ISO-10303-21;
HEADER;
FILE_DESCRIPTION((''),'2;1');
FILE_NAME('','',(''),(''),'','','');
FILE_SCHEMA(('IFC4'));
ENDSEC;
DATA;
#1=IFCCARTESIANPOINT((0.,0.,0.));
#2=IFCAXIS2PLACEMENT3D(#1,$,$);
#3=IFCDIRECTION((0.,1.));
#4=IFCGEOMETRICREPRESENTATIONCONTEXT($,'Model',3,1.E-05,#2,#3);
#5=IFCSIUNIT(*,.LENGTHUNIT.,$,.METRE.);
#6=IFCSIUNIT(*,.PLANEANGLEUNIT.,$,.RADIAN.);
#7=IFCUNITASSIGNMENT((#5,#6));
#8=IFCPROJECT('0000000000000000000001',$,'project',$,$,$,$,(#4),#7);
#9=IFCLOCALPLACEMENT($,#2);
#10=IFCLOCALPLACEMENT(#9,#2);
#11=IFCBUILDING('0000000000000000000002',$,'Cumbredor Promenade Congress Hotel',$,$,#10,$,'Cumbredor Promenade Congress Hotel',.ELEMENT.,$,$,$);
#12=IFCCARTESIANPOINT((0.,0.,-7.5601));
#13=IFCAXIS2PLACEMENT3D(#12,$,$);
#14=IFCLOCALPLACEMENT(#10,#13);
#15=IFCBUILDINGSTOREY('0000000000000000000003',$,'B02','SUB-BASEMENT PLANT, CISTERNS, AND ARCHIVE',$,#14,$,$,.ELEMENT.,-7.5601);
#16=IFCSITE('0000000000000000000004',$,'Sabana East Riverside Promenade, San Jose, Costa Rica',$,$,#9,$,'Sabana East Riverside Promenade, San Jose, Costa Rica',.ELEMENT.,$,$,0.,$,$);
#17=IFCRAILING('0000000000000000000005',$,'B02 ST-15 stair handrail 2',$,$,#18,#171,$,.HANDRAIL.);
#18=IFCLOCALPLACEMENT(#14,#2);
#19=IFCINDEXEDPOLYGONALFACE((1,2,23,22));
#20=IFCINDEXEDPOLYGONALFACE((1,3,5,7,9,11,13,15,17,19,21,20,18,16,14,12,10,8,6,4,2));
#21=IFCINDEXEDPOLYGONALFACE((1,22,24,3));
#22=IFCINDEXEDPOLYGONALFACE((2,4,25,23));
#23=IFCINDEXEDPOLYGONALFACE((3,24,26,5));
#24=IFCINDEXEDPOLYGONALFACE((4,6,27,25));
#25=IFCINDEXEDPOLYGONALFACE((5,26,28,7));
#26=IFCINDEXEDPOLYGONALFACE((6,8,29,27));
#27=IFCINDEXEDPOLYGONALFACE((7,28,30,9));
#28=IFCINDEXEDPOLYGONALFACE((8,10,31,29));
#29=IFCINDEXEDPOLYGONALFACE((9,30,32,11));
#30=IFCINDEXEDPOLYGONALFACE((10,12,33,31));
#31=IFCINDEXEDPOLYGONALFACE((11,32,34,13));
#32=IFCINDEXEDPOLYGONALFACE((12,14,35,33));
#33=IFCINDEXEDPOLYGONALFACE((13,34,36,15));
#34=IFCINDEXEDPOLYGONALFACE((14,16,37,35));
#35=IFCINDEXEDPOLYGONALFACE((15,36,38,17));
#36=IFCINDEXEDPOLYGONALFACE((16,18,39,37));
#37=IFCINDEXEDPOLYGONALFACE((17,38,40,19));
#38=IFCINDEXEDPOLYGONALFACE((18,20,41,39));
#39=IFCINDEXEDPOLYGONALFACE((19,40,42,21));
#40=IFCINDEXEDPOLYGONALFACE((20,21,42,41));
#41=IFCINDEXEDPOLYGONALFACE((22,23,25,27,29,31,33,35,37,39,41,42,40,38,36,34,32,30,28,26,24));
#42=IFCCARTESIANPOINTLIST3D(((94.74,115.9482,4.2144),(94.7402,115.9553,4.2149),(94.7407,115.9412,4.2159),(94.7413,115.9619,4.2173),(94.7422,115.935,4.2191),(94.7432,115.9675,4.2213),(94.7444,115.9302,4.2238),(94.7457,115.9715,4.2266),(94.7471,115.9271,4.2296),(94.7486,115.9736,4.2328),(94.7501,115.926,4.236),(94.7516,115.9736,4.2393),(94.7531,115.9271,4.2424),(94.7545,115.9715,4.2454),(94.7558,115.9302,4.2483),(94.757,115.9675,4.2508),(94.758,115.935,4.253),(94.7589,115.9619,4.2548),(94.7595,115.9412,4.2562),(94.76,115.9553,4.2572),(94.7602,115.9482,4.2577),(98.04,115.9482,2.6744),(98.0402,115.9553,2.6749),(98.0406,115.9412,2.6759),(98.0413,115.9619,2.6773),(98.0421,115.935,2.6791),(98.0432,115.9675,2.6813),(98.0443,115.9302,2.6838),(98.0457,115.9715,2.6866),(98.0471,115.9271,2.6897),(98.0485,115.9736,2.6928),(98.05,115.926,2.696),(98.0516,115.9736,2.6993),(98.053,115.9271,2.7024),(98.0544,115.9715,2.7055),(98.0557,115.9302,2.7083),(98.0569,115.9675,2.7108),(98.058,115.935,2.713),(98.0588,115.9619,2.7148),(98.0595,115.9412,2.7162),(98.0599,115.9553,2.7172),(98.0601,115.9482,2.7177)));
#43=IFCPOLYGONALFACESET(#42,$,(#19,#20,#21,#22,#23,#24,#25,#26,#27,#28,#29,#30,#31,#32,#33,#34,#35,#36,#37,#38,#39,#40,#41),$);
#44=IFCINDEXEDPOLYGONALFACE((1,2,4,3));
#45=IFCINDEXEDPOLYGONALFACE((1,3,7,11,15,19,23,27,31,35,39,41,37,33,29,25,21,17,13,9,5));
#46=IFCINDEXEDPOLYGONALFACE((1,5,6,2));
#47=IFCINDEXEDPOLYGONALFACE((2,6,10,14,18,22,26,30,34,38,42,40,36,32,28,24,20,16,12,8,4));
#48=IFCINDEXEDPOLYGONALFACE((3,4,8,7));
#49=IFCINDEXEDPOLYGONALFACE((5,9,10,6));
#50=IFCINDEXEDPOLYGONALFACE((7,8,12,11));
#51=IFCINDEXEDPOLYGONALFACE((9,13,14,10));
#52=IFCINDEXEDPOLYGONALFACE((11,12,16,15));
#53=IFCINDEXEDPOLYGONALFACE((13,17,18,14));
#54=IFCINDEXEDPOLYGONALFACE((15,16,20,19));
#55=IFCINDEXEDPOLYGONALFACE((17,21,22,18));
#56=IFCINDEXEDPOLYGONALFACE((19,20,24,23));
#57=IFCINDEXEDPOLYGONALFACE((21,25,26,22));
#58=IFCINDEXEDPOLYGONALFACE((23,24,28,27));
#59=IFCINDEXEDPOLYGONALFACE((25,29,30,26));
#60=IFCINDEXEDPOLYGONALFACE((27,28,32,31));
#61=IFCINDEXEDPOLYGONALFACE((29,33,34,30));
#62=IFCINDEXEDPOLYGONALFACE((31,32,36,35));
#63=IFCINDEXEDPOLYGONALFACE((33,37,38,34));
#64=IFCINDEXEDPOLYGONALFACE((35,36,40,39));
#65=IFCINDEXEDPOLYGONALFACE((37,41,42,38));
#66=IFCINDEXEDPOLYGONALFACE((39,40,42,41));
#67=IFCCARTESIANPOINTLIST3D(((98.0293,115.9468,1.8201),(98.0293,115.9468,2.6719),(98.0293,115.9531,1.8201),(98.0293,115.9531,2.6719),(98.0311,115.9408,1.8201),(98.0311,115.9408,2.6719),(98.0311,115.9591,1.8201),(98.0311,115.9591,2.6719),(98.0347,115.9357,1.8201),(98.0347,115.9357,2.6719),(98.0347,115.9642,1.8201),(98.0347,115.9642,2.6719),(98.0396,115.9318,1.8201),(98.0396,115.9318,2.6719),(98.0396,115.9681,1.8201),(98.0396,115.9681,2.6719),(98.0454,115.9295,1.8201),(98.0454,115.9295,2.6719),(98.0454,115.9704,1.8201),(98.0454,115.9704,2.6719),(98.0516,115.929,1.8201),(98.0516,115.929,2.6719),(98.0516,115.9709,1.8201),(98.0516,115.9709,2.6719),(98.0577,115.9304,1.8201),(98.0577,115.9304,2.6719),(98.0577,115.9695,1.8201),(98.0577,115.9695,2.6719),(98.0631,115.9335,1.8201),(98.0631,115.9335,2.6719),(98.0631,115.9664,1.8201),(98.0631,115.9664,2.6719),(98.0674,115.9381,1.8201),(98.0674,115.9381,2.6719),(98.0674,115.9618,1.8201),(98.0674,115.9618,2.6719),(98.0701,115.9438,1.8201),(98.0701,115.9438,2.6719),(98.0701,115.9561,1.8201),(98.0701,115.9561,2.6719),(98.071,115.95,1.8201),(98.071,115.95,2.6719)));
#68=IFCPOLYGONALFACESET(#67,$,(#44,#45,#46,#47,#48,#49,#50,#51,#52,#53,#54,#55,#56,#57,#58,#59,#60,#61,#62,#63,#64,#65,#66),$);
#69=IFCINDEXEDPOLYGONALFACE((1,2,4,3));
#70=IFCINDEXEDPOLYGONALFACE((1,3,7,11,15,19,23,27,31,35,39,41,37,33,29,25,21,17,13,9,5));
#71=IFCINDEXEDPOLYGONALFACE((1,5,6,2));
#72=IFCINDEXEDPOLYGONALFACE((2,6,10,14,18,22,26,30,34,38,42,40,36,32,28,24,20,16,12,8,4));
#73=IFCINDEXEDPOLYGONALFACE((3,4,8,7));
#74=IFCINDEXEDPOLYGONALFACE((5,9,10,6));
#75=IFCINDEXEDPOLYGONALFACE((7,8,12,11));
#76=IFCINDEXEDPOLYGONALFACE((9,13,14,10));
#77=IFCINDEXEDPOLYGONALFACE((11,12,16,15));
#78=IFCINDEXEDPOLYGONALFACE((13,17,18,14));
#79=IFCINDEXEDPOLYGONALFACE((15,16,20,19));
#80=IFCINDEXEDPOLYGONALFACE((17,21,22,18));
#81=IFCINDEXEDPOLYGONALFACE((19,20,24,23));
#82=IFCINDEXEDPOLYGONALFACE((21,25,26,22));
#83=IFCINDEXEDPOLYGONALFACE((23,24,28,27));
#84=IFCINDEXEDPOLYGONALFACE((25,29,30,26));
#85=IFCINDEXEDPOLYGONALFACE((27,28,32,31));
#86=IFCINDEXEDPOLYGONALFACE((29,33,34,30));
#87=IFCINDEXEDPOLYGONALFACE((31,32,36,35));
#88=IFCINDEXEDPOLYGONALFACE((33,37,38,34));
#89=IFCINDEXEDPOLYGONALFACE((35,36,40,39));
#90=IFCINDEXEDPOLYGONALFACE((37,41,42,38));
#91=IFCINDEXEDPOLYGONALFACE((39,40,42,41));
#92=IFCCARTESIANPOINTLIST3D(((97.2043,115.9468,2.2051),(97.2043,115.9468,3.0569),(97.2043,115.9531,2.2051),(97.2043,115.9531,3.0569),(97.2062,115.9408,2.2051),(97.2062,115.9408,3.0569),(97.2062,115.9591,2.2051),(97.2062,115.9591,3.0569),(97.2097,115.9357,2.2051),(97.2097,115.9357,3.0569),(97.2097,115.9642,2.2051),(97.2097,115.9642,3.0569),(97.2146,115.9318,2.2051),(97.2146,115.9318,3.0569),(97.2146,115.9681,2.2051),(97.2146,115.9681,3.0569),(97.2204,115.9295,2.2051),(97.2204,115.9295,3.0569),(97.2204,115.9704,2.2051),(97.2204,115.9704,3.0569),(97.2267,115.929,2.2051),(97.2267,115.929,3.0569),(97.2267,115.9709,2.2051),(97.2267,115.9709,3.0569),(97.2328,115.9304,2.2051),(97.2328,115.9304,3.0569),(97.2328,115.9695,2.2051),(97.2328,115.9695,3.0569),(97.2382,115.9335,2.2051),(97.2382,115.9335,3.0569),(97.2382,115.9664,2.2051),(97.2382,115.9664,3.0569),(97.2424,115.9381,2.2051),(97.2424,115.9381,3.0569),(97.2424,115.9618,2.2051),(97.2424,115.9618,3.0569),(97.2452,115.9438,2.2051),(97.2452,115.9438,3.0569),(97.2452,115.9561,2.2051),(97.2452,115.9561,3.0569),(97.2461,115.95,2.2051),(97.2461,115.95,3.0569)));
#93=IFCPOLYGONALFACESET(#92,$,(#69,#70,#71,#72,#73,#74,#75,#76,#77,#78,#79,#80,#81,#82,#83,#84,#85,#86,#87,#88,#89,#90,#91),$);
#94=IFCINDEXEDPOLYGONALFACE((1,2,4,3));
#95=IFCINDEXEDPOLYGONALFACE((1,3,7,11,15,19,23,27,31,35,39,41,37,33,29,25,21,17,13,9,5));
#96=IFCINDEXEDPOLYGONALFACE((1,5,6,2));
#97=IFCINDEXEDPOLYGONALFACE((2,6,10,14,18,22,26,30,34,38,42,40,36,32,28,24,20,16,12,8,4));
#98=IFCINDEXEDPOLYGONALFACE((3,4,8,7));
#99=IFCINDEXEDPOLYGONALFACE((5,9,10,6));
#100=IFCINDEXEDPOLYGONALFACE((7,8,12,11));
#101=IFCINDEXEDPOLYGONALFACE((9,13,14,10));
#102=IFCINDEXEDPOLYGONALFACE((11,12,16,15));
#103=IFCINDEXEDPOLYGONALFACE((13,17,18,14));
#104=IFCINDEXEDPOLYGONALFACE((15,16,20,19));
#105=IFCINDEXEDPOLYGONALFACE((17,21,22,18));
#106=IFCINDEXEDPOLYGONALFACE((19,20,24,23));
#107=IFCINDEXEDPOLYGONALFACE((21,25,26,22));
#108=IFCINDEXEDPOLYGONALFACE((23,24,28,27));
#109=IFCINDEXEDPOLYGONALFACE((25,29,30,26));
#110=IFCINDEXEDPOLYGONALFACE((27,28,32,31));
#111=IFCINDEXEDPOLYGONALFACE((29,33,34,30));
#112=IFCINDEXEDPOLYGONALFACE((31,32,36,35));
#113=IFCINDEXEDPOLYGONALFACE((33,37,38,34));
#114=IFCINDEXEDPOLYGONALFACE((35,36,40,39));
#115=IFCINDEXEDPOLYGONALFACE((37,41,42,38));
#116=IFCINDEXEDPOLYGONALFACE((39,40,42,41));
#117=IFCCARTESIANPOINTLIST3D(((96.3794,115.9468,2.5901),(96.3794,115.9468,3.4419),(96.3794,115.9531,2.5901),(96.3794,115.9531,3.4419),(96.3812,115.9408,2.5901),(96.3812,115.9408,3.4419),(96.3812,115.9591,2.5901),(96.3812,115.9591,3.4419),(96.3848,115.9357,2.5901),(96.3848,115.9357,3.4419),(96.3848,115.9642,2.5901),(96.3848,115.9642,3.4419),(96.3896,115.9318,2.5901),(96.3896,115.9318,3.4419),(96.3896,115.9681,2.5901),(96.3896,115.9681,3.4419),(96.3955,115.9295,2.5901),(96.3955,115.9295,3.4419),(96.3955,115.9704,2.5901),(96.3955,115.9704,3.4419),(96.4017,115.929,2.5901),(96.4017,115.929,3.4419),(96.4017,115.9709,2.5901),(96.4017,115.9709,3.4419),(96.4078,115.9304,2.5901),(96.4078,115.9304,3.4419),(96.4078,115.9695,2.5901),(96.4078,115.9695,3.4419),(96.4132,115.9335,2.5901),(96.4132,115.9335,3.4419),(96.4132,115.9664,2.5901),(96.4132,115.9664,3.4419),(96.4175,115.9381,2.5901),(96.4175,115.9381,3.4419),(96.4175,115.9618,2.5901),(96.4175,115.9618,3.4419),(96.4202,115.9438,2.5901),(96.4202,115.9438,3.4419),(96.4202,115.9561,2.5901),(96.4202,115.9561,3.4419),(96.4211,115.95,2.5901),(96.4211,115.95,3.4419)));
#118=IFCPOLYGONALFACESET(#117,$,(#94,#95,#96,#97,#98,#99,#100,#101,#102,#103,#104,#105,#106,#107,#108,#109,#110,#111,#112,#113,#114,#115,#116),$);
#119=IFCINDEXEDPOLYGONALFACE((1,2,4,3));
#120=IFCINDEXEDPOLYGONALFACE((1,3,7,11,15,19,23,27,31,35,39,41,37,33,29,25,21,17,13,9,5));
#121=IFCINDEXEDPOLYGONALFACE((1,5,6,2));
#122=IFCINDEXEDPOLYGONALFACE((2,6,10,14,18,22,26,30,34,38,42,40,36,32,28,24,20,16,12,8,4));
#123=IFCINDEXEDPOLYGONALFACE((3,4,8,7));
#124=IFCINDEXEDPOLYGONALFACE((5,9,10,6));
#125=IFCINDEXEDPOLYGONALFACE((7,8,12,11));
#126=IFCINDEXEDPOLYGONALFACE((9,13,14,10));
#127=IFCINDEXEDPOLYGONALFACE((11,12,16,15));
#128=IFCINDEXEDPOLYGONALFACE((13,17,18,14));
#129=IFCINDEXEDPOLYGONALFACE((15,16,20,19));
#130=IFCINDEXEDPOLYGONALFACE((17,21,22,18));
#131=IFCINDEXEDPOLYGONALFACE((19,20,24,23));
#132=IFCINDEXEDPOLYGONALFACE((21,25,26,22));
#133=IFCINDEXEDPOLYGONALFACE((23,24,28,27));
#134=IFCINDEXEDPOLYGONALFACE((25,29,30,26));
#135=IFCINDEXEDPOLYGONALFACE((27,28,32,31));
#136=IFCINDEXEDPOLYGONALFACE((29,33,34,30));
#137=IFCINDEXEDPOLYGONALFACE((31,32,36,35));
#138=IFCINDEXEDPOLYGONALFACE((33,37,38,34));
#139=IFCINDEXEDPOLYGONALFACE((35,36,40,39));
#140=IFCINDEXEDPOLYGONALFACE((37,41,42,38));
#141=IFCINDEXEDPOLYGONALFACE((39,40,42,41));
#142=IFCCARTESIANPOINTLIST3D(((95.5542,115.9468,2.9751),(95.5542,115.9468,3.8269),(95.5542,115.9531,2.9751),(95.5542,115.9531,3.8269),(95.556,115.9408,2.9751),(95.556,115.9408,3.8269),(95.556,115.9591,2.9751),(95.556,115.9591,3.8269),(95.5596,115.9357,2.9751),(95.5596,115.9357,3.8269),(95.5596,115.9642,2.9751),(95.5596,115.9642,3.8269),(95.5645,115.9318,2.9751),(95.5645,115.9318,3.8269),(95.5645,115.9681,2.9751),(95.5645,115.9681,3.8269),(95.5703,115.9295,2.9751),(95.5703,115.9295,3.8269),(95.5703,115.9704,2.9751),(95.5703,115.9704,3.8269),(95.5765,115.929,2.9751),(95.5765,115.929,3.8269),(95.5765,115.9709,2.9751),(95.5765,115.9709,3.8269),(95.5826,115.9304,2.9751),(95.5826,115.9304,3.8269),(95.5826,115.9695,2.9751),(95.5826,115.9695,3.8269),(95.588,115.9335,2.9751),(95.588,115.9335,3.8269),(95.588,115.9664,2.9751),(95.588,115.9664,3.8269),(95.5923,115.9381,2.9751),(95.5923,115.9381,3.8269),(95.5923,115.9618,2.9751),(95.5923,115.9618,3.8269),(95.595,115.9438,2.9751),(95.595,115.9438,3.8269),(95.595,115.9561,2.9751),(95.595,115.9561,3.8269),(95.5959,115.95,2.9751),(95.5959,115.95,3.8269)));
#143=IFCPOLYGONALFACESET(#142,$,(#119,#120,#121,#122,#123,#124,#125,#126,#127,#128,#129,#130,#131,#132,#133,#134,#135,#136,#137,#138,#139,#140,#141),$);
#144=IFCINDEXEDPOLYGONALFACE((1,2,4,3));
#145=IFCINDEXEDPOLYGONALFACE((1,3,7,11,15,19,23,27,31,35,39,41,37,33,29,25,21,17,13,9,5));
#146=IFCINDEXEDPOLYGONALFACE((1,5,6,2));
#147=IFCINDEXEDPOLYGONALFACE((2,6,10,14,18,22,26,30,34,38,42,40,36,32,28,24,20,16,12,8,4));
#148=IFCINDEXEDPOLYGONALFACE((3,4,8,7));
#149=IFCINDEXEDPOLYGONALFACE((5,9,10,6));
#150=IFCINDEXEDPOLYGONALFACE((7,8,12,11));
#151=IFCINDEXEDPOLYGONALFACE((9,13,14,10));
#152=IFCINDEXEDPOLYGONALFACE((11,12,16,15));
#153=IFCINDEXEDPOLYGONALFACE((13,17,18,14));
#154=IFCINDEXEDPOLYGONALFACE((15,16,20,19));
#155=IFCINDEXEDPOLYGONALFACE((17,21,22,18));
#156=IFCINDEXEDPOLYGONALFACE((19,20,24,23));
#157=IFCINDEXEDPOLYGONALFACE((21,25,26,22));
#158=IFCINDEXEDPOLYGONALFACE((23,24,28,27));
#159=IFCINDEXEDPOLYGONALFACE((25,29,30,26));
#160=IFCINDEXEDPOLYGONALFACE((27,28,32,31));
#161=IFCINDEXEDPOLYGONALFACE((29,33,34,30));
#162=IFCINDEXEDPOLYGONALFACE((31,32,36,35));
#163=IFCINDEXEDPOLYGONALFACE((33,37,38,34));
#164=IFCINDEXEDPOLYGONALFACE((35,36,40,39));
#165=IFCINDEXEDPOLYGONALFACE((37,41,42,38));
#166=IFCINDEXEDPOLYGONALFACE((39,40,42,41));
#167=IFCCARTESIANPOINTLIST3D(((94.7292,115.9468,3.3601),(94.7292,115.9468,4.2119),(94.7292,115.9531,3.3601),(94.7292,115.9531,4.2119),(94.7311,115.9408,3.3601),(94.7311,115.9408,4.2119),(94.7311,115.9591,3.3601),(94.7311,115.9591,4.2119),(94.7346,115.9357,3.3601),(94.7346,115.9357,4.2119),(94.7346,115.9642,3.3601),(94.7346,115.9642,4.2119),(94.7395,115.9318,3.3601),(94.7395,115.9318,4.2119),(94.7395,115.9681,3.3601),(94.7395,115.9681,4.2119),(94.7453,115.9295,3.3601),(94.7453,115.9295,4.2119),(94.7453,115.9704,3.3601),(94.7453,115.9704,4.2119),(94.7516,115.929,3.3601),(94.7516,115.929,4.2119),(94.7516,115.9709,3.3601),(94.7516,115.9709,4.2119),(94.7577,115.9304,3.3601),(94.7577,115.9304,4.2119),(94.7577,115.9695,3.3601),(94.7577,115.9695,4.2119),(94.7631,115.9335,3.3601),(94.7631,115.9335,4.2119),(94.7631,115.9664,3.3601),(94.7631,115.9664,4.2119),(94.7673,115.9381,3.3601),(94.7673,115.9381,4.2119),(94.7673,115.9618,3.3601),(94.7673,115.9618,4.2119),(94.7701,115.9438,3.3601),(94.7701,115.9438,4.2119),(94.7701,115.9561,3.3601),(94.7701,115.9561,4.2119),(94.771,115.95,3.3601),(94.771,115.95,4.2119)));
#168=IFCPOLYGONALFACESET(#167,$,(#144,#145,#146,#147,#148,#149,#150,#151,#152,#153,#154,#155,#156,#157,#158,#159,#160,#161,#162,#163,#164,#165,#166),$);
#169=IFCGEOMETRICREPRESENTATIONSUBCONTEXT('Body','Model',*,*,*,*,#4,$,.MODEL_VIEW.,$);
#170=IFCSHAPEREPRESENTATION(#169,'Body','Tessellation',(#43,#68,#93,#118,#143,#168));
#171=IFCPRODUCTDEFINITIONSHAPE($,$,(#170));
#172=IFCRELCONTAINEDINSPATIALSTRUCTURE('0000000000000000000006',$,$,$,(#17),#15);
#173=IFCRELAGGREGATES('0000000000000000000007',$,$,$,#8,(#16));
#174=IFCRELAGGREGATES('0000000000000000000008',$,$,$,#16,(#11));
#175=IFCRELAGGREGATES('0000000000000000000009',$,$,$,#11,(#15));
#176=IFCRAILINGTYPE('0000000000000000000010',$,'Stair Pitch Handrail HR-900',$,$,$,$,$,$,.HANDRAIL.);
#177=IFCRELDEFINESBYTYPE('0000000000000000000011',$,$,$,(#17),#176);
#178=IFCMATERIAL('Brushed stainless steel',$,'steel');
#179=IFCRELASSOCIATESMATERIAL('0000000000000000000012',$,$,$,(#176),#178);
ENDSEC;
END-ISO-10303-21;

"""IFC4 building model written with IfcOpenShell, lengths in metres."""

from ifc_helpers import new_model, si_unit, direction, frame, origin, origin_2d, place, context, subcontext, project, spatial, circle, extrude, material, type_object, element, save


model = new_model("IFC4")

# Units and contexts
model_context = context("Model", 3, precision=1e-05, world=origin(), true_north=direction((0.0, 1.0)))
body_context = subcontext(model_context, "Body", "Model", "MODEL_VIEW")
ifc_project = project(units=[si_unit("LENGTHUNIT", "METRE"), si_unit("PLANEANGLEUNIT", "RADIAN")], contexts=[model_context])

# Site, building, storey
site_placement = place(None, origin())
site = spatial("IfcSite", under=ifc_project, at=site_placement, Name="Sabana East Riverside Promenade, San Jose, Costa Rica", LongName="Sabana East Riverside Promenade, San Jose, Costa Rica", CompositionType="ELEMENT", RefElevation=0.0)
building_placement = place(site_placement, origin())
building = spatial("IfcBuilding", under=site, at=building_placement, Name="Cumbredor Promenade Congress Hotel", LongName="Cumbredor Promenade Congress Hotel", CompositionType="ELEMENT")
storey_placement = place(building_placement, frame((0.0, 0.0, -7.5601)))
storey = spatial("IfcBuildingStorey", under=building, at=storey_placement, Name="B02", Description="SUB-BASEMENT PLANT, CISTERNS, AND ARCHIVE", CompositionType="ELEMENT", Elevation=-7.5601)

# Railing
ifc_material_1 = material(Name="Brushed stainless steel", Category="steel")
railing_type_1 = type_object("IfcRailingType", Name="Stair Pitch Handrail HR-900", PredefinedType="HANDRAIL", material=ifc_material_1)
railing_1_placement = place(storey_placement, frame((98.05, 115.95, 1.8201)))
element("IfcRailing", 1, at=railing_1_placement, inside=storey, type_object=railing_type_1, Name="B02 ST-15 stair handrail 2", PredefinedType="HANDRAIL", context=body_context, shape_type="SweptSolid", body=[
    extrude(circle(Radius=0.0239, at=origin_2d()), frame((0.0, 0.0, 0.876), z_axis=(-0.906181, 0.0, 0.422889), x_axis=(0.0, -1.0, 0.0)), (0.0, 0.0, 1.0), 3.6416),
    extrude(circle(Radius=0.021, at=origin_2d()), origin(), (0.0, 0.0, 1.0), 0.8518),
    extrude(circle(Radius=0.021, at=origin_2d()), frame((-0.825, 0.0, 0.385)), (0.0, 0.0, 1.0), 0.8518),
    extrude(circle(Radius=0.021, at=origin_2d()), frame((-1.6499, 0.0, 0.77)), (0.0, 0.0, 1.0), 0.8518),
    extrude(circle(Radius=0.021, at=origin_2d()), frame((-2.4751, 0.0, 1.155)), (0.0, 0.0, 1.0), 0.8518),
    extrude(circle(Radius=0.021, at=origin_2d()), frame((-3.3, 0.0, 1.54)), (0.0, 0.0, 1.0), 0.8518),
])

save(model, "model.ifc")
